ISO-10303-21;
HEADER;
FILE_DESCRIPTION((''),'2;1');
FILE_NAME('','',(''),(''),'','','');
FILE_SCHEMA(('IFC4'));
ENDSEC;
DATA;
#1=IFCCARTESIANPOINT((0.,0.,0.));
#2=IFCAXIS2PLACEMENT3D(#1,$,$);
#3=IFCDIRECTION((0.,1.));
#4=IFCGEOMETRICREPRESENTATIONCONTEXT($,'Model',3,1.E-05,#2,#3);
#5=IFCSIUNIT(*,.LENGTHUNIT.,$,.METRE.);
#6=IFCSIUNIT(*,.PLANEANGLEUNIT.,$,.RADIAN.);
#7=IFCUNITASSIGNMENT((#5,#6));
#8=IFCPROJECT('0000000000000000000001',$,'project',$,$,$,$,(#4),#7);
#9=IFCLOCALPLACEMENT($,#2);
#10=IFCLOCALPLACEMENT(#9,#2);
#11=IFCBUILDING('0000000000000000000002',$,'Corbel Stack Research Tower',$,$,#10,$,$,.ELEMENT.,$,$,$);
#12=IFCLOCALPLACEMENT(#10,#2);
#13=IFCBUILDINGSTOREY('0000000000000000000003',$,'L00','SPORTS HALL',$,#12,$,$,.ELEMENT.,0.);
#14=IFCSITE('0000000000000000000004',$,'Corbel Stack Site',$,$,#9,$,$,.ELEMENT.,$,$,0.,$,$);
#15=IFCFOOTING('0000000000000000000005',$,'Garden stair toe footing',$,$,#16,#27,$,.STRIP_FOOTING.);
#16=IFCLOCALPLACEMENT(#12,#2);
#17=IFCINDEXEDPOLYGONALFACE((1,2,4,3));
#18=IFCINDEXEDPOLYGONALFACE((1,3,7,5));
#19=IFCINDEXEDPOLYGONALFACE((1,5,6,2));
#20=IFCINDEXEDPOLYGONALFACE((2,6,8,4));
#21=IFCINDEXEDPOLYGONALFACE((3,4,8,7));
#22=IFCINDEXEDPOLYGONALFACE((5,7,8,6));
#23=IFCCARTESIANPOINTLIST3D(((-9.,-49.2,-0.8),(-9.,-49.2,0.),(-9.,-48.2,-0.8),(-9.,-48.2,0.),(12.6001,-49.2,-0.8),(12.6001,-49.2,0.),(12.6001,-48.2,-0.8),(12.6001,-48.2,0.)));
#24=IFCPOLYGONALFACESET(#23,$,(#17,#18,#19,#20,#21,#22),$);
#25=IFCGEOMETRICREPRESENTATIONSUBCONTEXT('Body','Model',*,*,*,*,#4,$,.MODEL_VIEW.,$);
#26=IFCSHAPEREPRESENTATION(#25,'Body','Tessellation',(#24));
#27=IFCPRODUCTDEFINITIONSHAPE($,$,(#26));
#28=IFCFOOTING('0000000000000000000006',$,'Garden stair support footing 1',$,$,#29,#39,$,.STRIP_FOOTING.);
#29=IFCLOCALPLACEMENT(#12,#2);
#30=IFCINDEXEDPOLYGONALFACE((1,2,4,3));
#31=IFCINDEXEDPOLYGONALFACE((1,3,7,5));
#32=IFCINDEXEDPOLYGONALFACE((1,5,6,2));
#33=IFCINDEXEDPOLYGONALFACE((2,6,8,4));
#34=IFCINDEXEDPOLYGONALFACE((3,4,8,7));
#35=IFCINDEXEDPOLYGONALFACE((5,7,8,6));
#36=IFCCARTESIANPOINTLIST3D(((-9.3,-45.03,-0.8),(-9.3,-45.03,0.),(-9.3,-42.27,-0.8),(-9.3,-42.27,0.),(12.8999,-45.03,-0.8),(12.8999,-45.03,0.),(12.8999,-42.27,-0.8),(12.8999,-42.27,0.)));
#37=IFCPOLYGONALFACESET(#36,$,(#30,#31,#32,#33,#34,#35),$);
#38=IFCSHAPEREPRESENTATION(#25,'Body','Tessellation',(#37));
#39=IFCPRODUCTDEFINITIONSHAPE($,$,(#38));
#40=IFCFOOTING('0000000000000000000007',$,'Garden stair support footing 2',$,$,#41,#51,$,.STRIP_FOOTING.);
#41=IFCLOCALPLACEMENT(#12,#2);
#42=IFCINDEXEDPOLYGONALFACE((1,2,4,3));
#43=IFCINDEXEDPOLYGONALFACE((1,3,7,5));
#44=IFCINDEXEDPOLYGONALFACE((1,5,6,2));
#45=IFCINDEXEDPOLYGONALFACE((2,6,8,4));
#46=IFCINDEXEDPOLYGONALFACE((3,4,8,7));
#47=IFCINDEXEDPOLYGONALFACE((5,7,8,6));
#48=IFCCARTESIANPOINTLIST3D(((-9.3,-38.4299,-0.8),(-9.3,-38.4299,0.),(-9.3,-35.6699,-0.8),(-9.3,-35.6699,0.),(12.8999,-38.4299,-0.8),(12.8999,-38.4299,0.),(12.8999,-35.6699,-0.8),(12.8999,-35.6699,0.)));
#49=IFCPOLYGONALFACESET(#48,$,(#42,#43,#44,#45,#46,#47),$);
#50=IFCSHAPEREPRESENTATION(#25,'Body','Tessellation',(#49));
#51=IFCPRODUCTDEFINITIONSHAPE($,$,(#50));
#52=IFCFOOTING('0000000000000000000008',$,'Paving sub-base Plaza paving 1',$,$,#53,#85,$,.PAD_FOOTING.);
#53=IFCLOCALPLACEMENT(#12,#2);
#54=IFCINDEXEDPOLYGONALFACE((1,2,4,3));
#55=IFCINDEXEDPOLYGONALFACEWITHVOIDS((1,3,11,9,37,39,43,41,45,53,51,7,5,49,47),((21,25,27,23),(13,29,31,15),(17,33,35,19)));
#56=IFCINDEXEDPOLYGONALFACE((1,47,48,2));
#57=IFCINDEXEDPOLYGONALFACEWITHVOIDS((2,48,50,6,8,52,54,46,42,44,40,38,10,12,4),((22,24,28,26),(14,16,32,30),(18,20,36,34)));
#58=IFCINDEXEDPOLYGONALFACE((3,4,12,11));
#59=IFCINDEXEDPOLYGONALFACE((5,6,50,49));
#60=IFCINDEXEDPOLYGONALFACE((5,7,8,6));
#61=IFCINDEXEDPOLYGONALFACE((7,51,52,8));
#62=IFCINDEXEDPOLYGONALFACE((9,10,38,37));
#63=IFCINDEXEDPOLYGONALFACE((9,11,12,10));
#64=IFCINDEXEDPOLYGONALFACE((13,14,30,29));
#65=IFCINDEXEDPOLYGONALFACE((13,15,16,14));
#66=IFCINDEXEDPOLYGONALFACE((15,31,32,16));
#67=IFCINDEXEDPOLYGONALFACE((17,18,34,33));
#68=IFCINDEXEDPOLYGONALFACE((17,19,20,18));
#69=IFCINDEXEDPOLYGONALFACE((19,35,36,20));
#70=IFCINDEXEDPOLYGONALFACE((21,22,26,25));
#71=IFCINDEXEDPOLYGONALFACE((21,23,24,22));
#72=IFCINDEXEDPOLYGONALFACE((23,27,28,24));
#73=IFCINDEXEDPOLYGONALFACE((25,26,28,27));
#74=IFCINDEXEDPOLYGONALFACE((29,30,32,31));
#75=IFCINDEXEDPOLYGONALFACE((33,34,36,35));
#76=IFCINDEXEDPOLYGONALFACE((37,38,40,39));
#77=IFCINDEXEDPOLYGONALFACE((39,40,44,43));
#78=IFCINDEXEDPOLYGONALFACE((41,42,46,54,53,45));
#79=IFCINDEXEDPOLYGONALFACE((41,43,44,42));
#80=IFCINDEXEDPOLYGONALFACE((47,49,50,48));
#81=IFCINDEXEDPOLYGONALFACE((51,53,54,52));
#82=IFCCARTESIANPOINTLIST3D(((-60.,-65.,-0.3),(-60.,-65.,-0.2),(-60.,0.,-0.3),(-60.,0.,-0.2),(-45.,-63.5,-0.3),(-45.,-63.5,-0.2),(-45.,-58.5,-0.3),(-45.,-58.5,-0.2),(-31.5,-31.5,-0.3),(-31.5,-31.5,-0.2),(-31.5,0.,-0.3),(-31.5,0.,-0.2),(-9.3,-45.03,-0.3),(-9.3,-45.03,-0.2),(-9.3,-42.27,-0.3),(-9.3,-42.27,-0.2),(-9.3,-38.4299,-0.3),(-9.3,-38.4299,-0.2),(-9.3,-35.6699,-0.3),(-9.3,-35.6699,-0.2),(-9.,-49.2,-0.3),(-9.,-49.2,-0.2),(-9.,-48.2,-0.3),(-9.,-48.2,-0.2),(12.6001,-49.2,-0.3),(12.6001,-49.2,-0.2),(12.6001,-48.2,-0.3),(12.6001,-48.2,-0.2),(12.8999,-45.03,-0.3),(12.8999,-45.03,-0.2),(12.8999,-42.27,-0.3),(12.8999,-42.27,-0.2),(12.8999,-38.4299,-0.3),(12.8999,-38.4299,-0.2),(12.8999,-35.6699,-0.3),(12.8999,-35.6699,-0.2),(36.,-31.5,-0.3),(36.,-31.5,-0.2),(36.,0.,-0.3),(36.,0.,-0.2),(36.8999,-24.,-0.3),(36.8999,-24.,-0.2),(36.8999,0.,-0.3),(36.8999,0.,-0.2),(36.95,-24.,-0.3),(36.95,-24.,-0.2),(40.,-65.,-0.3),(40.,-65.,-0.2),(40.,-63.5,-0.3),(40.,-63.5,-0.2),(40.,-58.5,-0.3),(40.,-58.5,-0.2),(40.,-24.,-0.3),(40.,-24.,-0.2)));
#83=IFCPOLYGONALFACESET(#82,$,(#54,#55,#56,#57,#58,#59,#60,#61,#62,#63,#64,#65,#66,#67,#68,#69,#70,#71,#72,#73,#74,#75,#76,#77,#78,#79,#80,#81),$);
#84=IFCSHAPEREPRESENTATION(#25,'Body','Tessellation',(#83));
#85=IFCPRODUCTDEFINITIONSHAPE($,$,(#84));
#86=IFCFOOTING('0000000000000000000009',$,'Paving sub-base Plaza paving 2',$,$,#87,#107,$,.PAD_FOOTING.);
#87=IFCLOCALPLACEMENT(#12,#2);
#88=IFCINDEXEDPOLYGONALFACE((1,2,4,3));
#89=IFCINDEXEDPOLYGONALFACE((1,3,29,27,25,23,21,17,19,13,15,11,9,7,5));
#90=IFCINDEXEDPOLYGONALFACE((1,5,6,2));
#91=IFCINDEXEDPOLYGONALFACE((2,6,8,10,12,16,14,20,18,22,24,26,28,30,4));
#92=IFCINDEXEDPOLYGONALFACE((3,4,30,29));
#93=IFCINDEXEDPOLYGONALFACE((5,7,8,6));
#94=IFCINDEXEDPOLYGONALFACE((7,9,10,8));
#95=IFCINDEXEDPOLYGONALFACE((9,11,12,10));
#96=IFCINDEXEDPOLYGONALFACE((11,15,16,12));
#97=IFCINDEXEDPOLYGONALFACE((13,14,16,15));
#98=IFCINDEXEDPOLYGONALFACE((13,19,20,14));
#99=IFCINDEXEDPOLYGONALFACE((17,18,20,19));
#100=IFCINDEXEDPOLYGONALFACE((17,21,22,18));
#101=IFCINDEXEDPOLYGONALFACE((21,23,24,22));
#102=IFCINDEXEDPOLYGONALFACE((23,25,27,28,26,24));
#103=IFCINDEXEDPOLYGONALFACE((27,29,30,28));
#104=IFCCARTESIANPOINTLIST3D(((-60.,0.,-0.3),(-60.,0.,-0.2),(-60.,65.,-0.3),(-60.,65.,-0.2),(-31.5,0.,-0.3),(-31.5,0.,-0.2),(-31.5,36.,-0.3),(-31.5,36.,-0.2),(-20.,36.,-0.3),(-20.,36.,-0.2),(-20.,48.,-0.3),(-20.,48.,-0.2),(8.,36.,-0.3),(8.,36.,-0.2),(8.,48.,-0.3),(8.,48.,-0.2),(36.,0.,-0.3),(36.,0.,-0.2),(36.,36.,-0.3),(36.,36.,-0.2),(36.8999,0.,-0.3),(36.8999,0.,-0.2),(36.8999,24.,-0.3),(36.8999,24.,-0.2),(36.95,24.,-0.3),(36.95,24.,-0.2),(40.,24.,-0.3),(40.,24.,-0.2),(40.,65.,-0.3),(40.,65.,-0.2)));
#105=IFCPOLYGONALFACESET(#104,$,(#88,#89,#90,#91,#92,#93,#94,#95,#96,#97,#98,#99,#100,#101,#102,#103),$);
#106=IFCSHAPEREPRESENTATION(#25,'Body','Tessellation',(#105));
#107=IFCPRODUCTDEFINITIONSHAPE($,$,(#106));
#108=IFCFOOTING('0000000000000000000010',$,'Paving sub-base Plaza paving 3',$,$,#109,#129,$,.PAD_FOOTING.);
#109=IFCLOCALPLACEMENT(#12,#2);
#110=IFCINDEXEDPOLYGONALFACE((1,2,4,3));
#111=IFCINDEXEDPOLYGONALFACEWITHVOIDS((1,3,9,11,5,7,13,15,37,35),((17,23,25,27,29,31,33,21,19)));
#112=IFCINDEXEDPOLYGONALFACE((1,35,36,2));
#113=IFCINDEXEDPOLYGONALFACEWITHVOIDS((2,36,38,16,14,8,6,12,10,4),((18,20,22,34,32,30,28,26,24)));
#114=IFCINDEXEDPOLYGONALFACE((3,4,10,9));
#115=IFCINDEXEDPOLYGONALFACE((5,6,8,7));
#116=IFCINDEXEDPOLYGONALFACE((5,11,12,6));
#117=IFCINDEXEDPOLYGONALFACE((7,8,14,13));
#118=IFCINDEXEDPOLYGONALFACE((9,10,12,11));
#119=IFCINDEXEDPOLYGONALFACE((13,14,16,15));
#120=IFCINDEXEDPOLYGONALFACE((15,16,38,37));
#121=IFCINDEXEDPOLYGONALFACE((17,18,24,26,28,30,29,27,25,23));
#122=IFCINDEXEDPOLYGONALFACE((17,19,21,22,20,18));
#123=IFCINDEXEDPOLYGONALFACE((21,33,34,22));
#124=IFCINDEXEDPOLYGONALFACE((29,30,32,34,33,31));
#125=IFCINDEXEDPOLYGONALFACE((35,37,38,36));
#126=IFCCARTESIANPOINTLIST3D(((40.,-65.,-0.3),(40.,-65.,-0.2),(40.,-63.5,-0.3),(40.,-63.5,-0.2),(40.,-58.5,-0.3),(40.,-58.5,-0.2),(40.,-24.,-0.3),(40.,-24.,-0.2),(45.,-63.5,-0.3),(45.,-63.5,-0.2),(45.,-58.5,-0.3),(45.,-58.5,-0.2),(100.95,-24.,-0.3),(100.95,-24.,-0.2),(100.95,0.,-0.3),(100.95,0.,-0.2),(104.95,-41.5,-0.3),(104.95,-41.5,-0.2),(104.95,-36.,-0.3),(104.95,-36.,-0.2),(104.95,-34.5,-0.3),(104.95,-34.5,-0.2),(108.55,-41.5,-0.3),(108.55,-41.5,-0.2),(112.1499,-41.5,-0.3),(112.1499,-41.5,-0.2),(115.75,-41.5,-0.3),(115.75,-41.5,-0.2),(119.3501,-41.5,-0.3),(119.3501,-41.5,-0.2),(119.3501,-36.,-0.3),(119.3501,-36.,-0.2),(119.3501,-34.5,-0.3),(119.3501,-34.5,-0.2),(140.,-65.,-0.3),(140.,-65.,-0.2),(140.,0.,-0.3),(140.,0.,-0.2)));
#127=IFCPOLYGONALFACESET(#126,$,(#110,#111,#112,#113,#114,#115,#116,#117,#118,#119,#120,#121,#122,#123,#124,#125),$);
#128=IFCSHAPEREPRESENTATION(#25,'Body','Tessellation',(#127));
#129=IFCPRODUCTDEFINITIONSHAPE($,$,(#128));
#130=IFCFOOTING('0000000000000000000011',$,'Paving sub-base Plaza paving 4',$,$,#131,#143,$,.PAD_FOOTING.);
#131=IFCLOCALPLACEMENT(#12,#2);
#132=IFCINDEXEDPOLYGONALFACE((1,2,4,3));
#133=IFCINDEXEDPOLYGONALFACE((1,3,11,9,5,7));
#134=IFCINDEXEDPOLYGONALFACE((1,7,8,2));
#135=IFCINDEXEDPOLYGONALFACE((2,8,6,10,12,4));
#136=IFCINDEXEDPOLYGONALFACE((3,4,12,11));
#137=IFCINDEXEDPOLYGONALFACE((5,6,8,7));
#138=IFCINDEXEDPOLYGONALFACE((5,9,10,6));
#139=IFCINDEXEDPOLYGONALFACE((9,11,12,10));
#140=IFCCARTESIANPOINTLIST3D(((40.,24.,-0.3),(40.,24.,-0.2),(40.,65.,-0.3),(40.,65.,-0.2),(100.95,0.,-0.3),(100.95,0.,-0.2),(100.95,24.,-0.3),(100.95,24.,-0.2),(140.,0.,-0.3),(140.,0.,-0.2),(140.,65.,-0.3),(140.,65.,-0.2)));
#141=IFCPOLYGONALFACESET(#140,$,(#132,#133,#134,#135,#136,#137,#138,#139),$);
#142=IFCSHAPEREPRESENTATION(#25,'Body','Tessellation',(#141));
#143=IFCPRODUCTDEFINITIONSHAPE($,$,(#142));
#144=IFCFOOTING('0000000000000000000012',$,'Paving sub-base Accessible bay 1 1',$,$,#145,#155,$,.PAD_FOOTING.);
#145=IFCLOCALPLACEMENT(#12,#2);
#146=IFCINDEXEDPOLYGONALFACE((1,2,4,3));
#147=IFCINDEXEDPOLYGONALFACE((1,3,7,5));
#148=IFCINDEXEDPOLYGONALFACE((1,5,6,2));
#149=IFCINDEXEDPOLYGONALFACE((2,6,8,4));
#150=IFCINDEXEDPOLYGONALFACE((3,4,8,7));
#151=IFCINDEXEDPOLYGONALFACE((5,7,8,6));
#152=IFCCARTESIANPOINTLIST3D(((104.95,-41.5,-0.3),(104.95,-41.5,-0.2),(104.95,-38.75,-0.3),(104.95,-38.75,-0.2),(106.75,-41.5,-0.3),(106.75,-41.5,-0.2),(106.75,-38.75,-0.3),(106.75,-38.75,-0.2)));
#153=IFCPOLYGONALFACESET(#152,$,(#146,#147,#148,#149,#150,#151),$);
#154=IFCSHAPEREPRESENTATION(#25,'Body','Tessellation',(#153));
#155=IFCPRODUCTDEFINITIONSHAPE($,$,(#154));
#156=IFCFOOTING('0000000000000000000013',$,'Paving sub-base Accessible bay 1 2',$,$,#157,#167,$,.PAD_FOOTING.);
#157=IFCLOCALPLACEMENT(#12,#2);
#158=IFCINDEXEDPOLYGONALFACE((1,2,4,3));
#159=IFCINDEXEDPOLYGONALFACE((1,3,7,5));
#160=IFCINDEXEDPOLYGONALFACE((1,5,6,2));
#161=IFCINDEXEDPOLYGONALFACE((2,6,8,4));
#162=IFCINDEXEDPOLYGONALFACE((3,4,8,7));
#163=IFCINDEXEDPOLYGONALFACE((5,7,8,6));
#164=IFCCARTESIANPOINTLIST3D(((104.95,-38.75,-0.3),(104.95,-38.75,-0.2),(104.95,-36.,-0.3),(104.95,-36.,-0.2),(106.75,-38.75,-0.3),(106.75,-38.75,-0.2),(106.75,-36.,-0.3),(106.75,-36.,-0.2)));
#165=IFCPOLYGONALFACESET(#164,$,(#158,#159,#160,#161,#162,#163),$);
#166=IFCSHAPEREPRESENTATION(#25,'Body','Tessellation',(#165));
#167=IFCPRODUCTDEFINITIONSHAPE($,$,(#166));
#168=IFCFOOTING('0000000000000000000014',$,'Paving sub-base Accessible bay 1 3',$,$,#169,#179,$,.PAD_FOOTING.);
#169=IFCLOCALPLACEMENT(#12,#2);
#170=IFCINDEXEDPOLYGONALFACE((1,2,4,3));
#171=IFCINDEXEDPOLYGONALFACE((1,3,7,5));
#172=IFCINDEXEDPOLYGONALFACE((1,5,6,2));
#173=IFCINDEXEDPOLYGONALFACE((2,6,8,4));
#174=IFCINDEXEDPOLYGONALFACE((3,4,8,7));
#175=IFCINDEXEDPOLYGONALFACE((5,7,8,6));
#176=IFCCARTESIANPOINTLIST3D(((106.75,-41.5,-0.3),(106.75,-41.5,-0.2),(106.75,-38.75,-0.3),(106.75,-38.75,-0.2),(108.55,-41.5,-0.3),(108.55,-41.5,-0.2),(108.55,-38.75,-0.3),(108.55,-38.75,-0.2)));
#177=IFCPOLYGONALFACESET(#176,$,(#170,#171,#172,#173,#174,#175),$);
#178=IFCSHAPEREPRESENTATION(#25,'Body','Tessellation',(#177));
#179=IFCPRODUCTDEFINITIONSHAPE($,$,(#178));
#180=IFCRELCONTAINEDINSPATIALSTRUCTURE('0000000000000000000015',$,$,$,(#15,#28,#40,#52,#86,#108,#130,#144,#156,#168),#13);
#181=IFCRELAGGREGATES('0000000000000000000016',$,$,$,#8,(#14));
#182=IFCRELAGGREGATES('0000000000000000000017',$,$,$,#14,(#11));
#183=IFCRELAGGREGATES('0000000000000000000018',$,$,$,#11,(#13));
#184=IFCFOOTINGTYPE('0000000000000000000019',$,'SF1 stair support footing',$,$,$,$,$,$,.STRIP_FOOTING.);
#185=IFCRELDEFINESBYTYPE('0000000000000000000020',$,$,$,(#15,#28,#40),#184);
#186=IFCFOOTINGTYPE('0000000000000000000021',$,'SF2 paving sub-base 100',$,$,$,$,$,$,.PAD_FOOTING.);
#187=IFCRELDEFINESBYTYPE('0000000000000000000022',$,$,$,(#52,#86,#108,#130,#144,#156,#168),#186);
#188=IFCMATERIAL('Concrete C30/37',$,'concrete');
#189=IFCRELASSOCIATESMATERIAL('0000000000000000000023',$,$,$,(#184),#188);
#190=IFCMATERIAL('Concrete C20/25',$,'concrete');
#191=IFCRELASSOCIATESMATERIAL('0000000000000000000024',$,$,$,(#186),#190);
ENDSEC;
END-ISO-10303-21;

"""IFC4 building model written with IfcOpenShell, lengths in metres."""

from ifc_helpers import new_model, si_unit, direction, frame, origin, place, context, subcontext, project, spatial, polyline, outline, extrude, material, type_object, element, save


model = new_model("IFC4")

# Units and contexts
model_context = context("Model", 3, precision=1e-05, world=origin(), true_north=direction((0.0, 1.0)))
body_context = subcontext(model_context, "Body", "Model", "MODEL_VIEW")
ifc_project = project(units=[si_unit("LENGTHUNIT", "METRE"), si_unit("PLANEANGLEUNIT", "RADIAN")], contexts=[model_context])

# Site, building, storey
site_placement = place(None, origin())
site = spatial("IfcSite", under=ifc_project, at=site_placement, Name="Corbel Stack Site", CompositionType="ELEMENT", RefElevation=0.0)
building_placement = place(site_placement, origin())
building = spatial("IfcBuilding", under=site, at=building_placement, Name="Corbel Stack Research Tower", CompositionType="ELEMENT")
storey_placement = place(building_placement, origin())
storey = spatial("IfcBuildingStorey", under=building, at=storey_placement, Name="L00", Description="SPORTS HALL", CompositionType="ELEMENT", Elevation=0.0)

# Footings
ifc_material_1 = material(Name="Concrete C30/37", Category="concrete")
footing_type_1 = type_object("IfcFootingType", Name="SF1 stair support footing", PredefinedType="STRIP_FOOTING", material=ifc_material_1)
footing_1_placement = place(storey_placement, frame((0.0, 0.0, -0.8)))
element("IfcFooting", 1, at=footing_1_placement, inside=storey, type_object=footing_type_1, Name="Garden stair toe footing", PredefinedType="STRIP_FOOTING", context=body_context, shape_type="SweptSolid", body=[
    extrude(outline(polyline([(-9.0, -49.2), (12.6001, -49.2), (12.6001, -48.2), (-9.0, -48.2), (-9.0, -49.2)])), origin(), (0.0, 0.0, 1.0), 0.8),
])
footing_2_placement = place(storey_placement, frame((0.0, 0.0, -0.8)))
element("IfcFooting", 2, at=footing_2_placement, inside=storey, type_object=footing_type_1, Name="Garden stair support footing 1", PredefinedType="STRIP_FOOTING", context=body_context, shape_type="SweptSolid", body=[
    extrude(outline(polyline([(-9.3, -45.03), (12.8999, -45.03), (12.8999, -42.27), (-9.3, -42.27), (-9.3, -45.03)])), origin(), (0.0, 0.0, 1.0), 0.8),
])
footing_3_placement = place(storey_placement, frame((0.0, 0.0, -0.8)))
element("IfcFooting", 3, at=footing_3_placement, inside=storey, type_object=footing_type_1, Name="Garden stair support footing 2", PredefinedType="STRIP_FOOTING", context=body_context, shape_type="SweptSolid", body=[
    extrude(outline(polyline([(-9.3, -38.4299), (12.8999, -38.4299), (12.8999, -35.6699), (-9.3, -35.6699), (-9.3, -38.4299)])), origin(), (0.0, 0.0, 1.0), 0.8),
])
ifc_material_2 = material(Name="Concrete C20/25", Category="concrete")
footing_type_2 = type_object("IfcFootingType", Name="SF2 paving sub-base 100", PredefinedType="PAD_FOOTING", material=ifc_material_2)
footing_4_placement = place(storey_placement, frame((0.0, 0.0, -0.3)))
element("IfcFooting", 4, at=footing_4_placement, inside=storey, type_object=footing_type_2, Name="Paving sub-base Plaza paving 1", PredefinedType="PAD_FOOTING", context=body_context, shape_type="SweptSolid", body=[
    extrude(outline(polyline([(40.0, -65.0), (-60.0, -65.0), (-60.0, 0.0), (-31.5, 0.0), (-31.5, -31.5), (36.0, -31.5), (36.0, 0.0), (36.8999, 0.0), (36.8999, -24.0), (36.95, -24.0), (40.0, -24.0), (40.0, -58.5), (-45.0, -58.5), (-45.0, -63.5), (40.0, -63.5), (40.0, -65.0)]), holes=[polyline([(-9.3, -45.03), (12.8999, -45.03), (12.8999, -42.27), (-9.3, -42.27), (-9.3, -45.03)]), polyline([(-9.3, -38.4299), (12.8999, -38.4299), (12.8999, -35.6699), (-9.3, -35.6699), (-9.3, -38.4299)]), polyline([(-9.0, -49.2), (12.6001, -49.2), (12.6001, -48.2), (-9.0, -48.2), (-9.0, -49.2)])]), origin(), (0.0, 0.0, 1.0), 0.1001),
])
footing_5_placement = place(storey_placement, frame((0.0, 0.0, -0.3)))
element("IfcFooting", 5, at=footing_5_placement, inside=storey, type_object=footing_type_2, Name="Paving sub-base Plaza paving 2", PredefinedType="PAD_FOOTING", context=body_context, shape_type="SweptSolid", body=[
    extrude(outline(polyline([(40.0, 24.0), (36.95, 24.0), (36.8999, 24.0), (36.8999, 0.0), (36.0, 0.0), (36.0, 36.0), (8.0, 36.0), (8.0, 48.0), (-20.0, 48.0), (-20.0, 36.0), (-31.5, 36.0), (-31.5, 0.0), (-60.0, 0.0), (-60.0, 65.0), (40.0, 65.0), (40.0, 24.0)])), origin(), (0.0, 0.0, 1.0), 0.1001),
])
footing_6_placement = place(storey_placement, frame((0.0, 0.0, -0.3)))
element("IfcFooting", 6, at=footing_6_placement, inside=storey, type_object=footing_type_2, Name="Paving sub-base Plaza paving 3", PredefinedType="PAD_FOOTING", context=body_context, shape_type="SweptSolid", body=[
    extrude(outline(polyline([(140.0, -65.0), (40.0, -65.0), (40.0, -63.5), (45.0, -63.5), (45.0, -58.5), (40.0, -58.5), (40.0, -24.0), (100.95, -24.0), (100.95, 0.0), (140.0, 0.0), (140.0, -65.0)]), holes=[polyline([(115.75, -41.5), (119.3501, -41.5), (119.3501, -36.0), (119.3501, -34.5), (104.95, -34.5), (104.95, -36.0), (104.95, -41.5), (108.55, -41.5), (112.1499, -41.5), (115.75, -41.5)])]), origin(), (0.0, 0.0, 1.0), 0.1001),
])
footing_7_placement = place(storey_placement, frame((0.0, 0.0, -0.3)))
element("IfcFooting", 7, at=footing_7_placement, inside=storey, type_object=footing_type_2, Name="Paving sub-base Plaza paving 4", PredefinedType="PAD_FOOTING", context=body_context, shape_type="SweptSolid", body=[
    extrude(outline(polyline([(140.0, 0.0), (100.95, 0.0), (100.95, 24.0), (40.0, 24.0), (40.0, 65.0), (140.0, 65.0), (140.0, 0.0)])), origin(), (0.0, 0.0, 1.0), 0.1001),
])
footing_8_placement = place(storey_placement, frame((0.0, 0.0, -0.3)))
element("IfcFooting", 8, at=footing_8_placement, inside=storey, type_object=footing_type_2, Name="Paving sub-base Accessible bay 1 1", PredefinedType="PAD_FOOTING", context=body_context, shape_type="SweptSolid", body=[
    extrude(outline(polyline([(106.75, -38.75), (106.75, -41.5), (104.95, -41.5), (104.95, -38.75), (106.75, -38.75)])), origin(), (0.0, 0.0, 1.0), 0.1001),
])
footing_9_placement = place(storey_placement, frame((0.0, 0.0, -0.3)))
element("IfcFooting", 9, at=footing_9_placement, inside=storey, type_object=footing_type_2, Name="Paving sub-base Accessible bay 1 2", PredefinedType="PAD_FOOTING", context=body_context, shape_type="SweptSolid", body=[
    extrude(outline(polyline([(106.75, -38.75), (104.95, -38.75), (104.95, -36.0), (106.75, -36.0), (106.75, -38.75)])), origin(), (0.0, 0.0, 1.0), 0.1001),
])
footing_10_placement = place(storey_placement, frame((0.0, 0.0, -0.3)))
element("IfcFooting", 10, at=footing_10_placement, inside=storey, type_object=footing_type_2, Name="Paving sub-base Accessible bay 1 3", PredefinedType="PAD_FOOTING", context=body_context, shape_type="SweptSolid", body=[
    extrude(outline(polyline([(108.55, -41.5), (106.75, -41.5), (106.75, -38.75), (108.55, -38.75), (108.55, -41.5)])), origin(), (0.0, 0.0, 1.0), 0.1001),
])

save(model, "model.ifc")
